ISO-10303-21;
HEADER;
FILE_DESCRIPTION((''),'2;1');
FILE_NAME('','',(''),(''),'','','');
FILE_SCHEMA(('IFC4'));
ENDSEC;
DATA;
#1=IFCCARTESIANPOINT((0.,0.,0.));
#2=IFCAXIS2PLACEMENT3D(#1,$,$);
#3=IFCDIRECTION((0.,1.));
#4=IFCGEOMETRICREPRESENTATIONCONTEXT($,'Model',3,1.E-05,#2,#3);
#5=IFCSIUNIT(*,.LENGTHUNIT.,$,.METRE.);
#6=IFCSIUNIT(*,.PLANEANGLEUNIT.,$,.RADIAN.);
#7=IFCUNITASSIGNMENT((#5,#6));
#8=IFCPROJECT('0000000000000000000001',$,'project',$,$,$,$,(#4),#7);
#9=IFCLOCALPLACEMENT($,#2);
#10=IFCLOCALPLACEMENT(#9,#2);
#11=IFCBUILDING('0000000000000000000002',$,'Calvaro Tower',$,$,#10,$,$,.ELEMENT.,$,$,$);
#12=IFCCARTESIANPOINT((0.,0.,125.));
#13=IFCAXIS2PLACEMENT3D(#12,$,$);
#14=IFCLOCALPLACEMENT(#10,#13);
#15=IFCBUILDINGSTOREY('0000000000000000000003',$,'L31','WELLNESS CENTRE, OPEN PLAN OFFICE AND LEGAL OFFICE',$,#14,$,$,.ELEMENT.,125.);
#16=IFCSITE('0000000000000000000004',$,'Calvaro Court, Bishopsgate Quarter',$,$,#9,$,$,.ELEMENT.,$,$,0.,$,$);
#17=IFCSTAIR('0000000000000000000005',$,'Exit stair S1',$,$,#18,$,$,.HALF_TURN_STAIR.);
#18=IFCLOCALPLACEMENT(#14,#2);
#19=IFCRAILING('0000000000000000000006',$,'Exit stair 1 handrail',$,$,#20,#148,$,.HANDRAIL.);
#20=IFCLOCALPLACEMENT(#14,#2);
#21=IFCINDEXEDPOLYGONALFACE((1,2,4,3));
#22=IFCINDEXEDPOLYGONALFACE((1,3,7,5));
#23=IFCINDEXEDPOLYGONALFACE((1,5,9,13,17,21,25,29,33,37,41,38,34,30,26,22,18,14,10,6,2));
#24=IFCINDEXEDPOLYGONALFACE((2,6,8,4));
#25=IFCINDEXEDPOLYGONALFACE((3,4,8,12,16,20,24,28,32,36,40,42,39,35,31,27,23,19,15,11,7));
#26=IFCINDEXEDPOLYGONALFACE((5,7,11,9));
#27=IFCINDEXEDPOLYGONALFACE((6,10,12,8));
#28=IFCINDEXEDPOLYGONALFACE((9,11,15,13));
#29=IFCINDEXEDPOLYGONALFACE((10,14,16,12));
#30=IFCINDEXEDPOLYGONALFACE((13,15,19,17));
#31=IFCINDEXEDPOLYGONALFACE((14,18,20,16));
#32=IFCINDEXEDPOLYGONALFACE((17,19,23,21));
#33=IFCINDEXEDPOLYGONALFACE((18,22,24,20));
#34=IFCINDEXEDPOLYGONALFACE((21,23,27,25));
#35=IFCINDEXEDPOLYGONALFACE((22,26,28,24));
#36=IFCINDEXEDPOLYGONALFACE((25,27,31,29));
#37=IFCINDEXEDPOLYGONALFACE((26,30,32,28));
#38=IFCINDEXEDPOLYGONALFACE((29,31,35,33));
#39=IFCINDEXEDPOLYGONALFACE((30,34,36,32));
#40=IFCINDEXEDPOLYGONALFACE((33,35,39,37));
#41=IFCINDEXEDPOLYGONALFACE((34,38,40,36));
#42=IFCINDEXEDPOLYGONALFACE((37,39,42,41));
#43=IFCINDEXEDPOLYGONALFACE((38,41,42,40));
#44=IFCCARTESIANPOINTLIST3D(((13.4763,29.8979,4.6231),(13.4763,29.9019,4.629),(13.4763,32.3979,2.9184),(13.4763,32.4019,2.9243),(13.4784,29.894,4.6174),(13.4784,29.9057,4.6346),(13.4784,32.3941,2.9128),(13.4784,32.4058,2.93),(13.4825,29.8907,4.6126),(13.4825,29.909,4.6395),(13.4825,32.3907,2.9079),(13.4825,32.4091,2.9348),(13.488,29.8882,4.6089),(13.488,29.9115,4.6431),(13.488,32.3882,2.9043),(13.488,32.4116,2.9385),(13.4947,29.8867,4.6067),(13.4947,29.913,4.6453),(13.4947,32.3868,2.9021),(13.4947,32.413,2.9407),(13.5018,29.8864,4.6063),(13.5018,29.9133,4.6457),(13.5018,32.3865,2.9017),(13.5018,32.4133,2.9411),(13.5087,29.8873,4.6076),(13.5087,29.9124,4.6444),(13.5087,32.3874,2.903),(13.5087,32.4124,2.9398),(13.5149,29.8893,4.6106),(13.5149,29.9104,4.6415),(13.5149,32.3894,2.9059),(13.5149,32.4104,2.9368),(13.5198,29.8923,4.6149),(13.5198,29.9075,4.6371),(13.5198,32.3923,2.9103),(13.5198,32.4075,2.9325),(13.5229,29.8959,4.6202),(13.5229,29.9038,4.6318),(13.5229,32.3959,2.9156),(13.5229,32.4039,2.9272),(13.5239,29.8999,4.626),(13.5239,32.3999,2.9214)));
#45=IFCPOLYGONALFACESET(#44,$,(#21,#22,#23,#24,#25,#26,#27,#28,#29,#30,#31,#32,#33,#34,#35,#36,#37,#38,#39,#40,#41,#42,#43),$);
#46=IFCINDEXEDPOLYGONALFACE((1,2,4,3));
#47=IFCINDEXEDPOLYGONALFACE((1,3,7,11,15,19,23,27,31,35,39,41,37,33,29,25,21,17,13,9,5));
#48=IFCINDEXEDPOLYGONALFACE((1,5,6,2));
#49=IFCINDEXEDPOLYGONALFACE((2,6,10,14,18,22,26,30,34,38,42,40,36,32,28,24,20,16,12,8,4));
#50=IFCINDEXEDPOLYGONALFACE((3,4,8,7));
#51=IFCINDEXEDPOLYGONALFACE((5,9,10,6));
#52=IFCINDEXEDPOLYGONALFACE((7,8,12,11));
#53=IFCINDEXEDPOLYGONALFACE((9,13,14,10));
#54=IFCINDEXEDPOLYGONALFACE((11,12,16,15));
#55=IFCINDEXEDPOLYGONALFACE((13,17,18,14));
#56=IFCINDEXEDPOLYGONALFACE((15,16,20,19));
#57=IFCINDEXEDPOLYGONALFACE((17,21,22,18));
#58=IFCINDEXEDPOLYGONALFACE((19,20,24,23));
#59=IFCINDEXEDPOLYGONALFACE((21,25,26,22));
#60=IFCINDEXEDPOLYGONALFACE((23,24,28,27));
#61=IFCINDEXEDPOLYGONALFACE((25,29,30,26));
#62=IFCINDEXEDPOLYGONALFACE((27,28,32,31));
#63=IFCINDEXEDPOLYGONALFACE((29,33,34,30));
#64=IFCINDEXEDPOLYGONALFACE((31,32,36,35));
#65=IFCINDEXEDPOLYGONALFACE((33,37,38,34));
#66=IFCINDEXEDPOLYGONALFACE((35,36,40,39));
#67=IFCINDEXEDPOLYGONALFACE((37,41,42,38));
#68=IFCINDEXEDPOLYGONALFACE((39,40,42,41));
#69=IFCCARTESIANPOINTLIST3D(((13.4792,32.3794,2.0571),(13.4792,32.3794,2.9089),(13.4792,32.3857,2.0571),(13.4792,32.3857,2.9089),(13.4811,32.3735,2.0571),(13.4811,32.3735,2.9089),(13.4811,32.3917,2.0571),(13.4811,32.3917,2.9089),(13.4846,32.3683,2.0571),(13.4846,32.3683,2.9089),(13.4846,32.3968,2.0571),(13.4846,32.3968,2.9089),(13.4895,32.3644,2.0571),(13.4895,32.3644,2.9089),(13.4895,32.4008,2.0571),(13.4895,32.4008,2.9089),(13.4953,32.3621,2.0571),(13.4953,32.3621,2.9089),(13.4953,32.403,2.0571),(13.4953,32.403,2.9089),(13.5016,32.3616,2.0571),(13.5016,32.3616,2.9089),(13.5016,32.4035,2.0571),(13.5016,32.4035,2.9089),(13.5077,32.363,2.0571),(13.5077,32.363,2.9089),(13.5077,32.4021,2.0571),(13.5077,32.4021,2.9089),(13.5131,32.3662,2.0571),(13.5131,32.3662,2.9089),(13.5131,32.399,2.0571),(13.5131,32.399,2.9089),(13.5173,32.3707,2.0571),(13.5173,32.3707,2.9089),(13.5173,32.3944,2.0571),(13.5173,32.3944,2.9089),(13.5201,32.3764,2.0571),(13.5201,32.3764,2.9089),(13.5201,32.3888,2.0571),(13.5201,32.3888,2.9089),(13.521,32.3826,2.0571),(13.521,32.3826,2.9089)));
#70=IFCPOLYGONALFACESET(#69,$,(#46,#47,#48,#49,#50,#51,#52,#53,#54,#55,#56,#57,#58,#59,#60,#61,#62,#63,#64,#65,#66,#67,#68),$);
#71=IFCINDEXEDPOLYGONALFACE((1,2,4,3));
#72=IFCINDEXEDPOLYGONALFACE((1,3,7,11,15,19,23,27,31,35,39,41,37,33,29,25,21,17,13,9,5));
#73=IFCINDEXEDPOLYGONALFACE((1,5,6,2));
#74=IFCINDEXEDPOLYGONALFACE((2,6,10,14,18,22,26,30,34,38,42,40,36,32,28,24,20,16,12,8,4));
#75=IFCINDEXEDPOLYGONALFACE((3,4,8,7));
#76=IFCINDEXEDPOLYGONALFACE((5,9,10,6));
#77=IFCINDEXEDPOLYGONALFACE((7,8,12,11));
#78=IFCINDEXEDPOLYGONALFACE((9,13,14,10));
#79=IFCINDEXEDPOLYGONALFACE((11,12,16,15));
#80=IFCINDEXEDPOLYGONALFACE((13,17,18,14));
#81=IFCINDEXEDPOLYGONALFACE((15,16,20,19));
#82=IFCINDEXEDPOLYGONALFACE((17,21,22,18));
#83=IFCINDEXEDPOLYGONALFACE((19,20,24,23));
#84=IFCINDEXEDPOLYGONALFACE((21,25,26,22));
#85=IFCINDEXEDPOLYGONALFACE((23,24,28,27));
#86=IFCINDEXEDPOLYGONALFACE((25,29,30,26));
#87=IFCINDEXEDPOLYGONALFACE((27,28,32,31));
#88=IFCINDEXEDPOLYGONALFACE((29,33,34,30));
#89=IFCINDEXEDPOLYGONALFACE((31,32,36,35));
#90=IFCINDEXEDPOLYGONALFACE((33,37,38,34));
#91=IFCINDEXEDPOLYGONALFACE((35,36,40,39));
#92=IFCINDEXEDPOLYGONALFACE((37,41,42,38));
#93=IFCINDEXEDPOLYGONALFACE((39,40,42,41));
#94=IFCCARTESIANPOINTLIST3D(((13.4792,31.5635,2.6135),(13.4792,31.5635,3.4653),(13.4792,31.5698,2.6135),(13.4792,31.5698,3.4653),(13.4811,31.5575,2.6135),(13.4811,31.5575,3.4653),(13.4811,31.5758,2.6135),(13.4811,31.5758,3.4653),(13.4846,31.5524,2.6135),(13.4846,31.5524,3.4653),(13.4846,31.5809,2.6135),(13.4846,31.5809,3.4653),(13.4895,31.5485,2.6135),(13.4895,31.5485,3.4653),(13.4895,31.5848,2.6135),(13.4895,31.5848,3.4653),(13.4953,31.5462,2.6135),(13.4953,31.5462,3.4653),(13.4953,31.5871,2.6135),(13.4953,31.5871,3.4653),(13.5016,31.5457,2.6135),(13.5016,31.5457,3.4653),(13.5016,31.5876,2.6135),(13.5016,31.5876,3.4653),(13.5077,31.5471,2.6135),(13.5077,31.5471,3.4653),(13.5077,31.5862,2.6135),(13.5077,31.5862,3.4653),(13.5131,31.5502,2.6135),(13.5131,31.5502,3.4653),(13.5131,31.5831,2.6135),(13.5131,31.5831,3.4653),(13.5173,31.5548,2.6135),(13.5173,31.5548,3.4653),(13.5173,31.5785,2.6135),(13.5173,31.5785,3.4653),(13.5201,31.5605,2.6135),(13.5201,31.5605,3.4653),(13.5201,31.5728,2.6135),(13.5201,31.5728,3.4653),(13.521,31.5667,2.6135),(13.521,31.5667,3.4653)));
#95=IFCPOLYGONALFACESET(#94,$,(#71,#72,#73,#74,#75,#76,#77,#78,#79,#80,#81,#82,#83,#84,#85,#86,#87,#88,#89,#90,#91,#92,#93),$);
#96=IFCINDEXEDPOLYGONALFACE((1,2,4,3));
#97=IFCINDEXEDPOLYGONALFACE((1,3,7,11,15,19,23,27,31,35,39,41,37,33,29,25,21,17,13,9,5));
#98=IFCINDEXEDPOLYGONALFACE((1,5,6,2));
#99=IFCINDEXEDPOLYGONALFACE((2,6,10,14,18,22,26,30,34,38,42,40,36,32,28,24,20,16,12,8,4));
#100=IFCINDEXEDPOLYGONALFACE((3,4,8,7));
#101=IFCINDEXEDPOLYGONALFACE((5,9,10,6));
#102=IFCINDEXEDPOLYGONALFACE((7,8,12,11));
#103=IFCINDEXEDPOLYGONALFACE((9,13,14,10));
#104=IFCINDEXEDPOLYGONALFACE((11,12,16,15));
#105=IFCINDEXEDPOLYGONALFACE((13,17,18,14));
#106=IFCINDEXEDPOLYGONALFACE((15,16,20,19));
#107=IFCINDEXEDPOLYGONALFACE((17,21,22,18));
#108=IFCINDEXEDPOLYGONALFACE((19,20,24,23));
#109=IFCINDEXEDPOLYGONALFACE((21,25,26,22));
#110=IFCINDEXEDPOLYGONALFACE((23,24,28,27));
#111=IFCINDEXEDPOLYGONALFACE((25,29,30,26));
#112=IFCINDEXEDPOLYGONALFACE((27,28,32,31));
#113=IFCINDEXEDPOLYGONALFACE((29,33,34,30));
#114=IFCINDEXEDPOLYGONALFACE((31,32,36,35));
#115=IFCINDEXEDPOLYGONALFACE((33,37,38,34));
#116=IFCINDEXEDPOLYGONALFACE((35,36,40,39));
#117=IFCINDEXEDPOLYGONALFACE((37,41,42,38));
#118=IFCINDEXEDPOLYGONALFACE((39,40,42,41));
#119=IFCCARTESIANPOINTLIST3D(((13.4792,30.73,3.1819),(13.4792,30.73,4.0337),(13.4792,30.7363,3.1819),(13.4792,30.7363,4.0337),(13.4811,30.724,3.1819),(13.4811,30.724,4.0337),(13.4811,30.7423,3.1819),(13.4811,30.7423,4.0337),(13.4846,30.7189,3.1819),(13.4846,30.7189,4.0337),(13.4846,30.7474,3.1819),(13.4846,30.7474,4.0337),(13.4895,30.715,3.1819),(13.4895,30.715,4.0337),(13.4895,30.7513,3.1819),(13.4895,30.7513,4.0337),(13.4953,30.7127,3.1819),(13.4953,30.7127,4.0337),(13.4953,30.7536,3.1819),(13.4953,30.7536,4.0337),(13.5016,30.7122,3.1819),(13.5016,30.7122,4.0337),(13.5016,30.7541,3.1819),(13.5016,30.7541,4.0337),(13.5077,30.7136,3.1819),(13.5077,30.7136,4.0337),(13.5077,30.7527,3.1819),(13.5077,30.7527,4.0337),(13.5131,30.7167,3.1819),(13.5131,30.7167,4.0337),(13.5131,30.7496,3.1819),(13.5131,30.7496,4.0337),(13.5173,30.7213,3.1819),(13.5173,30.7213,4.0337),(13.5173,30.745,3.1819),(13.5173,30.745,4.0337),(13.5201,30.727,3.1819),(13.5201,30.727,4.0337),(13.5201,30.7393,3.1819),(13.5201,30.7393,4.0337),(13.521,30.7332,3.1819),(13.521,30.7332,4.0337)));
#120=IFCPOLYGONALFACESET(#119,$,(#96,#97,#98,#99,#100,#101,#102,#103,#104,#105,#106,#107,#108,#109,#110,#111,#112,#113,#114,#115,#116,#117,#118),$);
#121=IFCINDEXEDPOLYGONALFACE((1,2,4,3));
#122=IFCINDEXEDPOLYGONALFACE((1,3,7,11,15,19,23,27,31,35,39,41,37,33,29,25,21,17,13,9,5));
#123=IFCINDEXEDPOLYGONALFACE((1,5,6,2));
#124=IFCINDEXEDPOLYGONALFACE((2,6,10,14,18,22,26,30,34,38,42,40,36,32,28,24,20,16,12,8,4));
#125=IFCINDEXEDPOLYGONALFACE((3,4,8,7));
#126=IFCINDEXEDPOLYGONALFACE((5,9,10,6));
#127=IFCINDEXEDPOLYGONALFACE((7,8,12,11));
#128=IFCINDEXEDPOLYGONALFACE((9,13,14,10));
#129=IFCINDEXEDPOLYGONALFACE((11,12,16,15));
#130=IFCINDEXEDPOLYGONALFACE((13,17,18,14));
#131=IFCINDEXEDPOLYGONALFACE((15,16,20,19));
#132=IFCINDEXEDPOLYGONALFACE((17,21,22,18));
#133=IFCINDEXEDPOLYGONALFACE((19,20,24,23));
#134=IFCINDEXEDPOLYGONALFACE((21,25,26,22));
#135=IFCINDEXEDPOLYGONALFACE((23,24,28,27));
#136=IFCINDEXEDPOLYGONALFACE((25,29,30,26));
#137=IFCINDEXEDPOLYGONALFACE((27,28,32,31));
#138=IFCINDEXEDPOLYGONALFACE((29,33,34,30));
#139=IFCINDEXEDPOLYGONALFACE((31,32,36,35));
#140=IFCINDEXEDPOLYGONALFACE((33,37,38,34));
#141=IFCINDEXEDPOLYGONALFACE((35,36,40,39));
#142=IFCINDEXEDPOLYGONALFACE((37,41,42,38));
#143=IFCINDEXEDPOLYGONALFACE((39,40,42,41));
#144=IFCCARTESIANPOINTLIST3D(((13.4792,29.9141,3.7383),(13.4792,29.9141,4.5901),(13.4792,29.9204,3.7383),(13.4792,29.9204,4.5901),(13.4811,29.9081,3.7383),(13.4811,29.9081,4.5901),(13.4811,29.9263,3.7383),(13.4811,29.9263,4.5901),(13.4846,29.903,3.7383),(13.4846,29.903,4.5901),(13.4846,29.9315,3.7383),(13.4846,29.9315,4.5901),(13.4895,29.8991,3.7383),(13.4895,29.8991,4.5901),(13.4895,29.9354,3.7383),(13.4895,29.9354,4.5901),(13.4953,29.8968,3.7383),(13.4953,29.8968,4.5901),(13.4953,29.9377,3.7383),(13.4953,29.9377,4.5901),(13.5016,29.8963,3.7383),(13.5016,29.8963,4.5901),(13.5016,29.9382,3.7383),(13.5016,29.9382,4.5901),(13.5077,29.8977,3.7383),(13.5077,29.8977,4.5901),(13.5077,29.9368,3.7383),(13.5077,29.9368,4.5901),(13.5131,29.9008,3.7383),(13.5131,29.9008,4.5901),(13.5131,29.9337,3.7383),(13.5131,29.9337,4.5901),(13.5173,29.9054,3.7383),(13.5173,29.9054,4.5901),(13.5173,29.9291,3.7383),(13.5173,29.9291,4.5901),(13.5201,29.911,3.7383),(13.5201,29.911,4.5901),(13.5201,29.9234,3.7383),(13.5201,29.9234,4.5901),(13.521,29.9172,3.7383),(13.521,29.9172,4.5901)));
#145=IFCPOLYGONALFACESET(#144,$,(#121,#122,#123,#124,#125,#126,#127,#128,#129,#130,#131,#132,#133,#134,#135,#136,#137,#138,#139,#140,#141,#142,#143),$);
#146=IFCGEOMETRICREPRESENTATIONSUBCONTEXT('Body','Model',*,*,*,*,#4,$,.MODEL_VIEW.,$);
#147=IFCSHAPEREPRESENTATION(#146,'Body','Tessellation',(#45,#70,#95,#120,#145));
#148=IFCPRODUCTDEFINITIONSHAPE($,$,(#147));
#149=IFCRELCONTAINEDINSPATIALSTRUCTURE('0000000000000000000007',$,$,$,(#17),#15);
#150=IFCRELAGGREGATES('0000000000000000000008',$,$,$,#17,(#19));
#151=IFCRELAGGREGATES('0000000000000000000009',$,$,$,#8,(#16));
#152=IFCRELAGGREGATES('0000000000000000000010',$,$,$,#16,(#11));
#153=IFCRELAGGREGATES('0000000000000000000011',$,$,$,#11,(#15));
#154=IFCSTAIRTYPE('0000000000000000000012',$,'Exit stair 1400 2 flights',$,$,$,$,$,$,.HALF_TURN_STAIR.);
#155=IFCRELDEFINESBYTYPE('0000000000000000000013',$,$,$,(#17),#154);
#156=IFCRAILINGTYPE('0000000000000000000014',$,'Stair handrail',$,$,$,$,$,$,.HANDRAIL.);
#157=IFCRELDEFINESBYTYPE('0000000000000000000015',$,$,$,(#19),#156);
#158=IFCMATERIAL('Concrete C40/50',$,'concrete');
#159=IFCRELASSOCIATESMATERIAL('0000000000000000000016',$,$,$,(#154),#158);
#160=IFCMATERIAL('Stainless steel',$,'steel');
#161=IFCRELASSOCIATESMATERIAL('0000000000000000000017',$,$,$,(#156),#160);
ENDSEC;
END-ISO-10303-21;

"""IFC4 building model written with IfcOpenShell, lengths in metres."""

from ifc_helpers import new_model, si_unit, direction, frame, origin, origin_2d, place, context, subcontext, project, spatial, circle, extrude, material, type_object, element, aggregate, save


model = new_model("IFC4")

# Units and contexts
model_context = context("Model", 3, precision=1e-05, world=origin(), true_north=direction((0.0, 1.0)))
body_context = subcontext(model_context, "Body", "Model", "MODEL_VIEW")
ifc_project = project(units=[si_unit("LENGTHUNIT", "METRE"), si_unit("PLANEANGLEUNIT", "RADIAN")], contexts=[model_context])

# Site, building, storey
site_placement = place(None, origin())
site = spatial("IfcSite", under=ifc_project, at=site_placement, Name="Calvaro Court, Bishopsgate Quarter", CompositionType="ELEMENT", RefElevation=0.0)
building_placement = place(site_placement, origin())
building = spatial("IfcBuilding", under=site, at=building_placement, Name="Calvaro Tower", CompositionType="ELEMENT")
storey_placement = place(building_placement, frame((0.0, 0.0, 125.0)))
storey = spatial("IfcBuildingStorey", under=building, at=storey_placement, Name="L31", Description="WELLNESS CENTRE, OPEN PLAN OFFICE AND LEGAL OFFICE", CompositionType="ELEMENT", Elevation=125.0)

# Stair, railing
ifc_material_1 = material(Name="Concrete C40/50", Category="concrete")
stair_type = type_object("IfcStairType", Name="Exit stair 1400 2 flights", PredefinedType="HALF_TURN_STAIR", material=ifc_material_1)
stair_placement = place(storey_placement, origin())
stair = element("IfcStair", 1, at=stair_placement, inside=storey, type_object=stair_type, Name="Exit stair S1", PredefinedType="HALF_TURN_STAIR")
ifc_material_2 = material(Name="Stainless steel", Category="steel")
railing_type = type_object("IfcRailingType", Name="Stair handrail", PredefinedType="HANDRAIL", material=ifc_material_2)
railing_1_placement = place(storey_placement, frame((13.5, 32.3999, 2.0454)))
railing_1 = element("IfcRailing", 2, at=railing_1_placement, type_object=railing_type, Name="Exit stair 1 handrail", PredefinedType="HANDRAIL", context=body_context, shape_type="SweptSolid", body=[
    extrude(circle(Radius=0.0239, at=origin_2d()), frame((0.0, 0.0, 0.876), z_axis=(0.0, -0.826221, 0.563347), x_axis=(1.0, 0.0, 0.0)), (0.0, 0.0, 1.0), 3.0259),
    extrude(circle(Radius=0.021, at=origin_2d()), frame((0.0, -0.0173, 0.0117)), (0.0, 0.0, 1.0), 0.8518),
    extrude(circle(Radius=0.021, at=origin_2d()), frame((0.0, -0.8333, 0.5681)), (0.0, 0.0, 1.0), 0.8518),
    extrude(circle(Radius=0.021, at=origin_2d()), frame((0.0, -1.6667, 1.1365)), (0.0, 0.0, 1.0), 0.8518),
    extrude(circle(Radius=0.021, at=origin_2d()), frame((0.0, -2.4827, 1.6929)), (0.0, 0.0, 1.0), 0.8518),
])
aggregate(stair, [railing_1])

save(model, "model.ifc")
